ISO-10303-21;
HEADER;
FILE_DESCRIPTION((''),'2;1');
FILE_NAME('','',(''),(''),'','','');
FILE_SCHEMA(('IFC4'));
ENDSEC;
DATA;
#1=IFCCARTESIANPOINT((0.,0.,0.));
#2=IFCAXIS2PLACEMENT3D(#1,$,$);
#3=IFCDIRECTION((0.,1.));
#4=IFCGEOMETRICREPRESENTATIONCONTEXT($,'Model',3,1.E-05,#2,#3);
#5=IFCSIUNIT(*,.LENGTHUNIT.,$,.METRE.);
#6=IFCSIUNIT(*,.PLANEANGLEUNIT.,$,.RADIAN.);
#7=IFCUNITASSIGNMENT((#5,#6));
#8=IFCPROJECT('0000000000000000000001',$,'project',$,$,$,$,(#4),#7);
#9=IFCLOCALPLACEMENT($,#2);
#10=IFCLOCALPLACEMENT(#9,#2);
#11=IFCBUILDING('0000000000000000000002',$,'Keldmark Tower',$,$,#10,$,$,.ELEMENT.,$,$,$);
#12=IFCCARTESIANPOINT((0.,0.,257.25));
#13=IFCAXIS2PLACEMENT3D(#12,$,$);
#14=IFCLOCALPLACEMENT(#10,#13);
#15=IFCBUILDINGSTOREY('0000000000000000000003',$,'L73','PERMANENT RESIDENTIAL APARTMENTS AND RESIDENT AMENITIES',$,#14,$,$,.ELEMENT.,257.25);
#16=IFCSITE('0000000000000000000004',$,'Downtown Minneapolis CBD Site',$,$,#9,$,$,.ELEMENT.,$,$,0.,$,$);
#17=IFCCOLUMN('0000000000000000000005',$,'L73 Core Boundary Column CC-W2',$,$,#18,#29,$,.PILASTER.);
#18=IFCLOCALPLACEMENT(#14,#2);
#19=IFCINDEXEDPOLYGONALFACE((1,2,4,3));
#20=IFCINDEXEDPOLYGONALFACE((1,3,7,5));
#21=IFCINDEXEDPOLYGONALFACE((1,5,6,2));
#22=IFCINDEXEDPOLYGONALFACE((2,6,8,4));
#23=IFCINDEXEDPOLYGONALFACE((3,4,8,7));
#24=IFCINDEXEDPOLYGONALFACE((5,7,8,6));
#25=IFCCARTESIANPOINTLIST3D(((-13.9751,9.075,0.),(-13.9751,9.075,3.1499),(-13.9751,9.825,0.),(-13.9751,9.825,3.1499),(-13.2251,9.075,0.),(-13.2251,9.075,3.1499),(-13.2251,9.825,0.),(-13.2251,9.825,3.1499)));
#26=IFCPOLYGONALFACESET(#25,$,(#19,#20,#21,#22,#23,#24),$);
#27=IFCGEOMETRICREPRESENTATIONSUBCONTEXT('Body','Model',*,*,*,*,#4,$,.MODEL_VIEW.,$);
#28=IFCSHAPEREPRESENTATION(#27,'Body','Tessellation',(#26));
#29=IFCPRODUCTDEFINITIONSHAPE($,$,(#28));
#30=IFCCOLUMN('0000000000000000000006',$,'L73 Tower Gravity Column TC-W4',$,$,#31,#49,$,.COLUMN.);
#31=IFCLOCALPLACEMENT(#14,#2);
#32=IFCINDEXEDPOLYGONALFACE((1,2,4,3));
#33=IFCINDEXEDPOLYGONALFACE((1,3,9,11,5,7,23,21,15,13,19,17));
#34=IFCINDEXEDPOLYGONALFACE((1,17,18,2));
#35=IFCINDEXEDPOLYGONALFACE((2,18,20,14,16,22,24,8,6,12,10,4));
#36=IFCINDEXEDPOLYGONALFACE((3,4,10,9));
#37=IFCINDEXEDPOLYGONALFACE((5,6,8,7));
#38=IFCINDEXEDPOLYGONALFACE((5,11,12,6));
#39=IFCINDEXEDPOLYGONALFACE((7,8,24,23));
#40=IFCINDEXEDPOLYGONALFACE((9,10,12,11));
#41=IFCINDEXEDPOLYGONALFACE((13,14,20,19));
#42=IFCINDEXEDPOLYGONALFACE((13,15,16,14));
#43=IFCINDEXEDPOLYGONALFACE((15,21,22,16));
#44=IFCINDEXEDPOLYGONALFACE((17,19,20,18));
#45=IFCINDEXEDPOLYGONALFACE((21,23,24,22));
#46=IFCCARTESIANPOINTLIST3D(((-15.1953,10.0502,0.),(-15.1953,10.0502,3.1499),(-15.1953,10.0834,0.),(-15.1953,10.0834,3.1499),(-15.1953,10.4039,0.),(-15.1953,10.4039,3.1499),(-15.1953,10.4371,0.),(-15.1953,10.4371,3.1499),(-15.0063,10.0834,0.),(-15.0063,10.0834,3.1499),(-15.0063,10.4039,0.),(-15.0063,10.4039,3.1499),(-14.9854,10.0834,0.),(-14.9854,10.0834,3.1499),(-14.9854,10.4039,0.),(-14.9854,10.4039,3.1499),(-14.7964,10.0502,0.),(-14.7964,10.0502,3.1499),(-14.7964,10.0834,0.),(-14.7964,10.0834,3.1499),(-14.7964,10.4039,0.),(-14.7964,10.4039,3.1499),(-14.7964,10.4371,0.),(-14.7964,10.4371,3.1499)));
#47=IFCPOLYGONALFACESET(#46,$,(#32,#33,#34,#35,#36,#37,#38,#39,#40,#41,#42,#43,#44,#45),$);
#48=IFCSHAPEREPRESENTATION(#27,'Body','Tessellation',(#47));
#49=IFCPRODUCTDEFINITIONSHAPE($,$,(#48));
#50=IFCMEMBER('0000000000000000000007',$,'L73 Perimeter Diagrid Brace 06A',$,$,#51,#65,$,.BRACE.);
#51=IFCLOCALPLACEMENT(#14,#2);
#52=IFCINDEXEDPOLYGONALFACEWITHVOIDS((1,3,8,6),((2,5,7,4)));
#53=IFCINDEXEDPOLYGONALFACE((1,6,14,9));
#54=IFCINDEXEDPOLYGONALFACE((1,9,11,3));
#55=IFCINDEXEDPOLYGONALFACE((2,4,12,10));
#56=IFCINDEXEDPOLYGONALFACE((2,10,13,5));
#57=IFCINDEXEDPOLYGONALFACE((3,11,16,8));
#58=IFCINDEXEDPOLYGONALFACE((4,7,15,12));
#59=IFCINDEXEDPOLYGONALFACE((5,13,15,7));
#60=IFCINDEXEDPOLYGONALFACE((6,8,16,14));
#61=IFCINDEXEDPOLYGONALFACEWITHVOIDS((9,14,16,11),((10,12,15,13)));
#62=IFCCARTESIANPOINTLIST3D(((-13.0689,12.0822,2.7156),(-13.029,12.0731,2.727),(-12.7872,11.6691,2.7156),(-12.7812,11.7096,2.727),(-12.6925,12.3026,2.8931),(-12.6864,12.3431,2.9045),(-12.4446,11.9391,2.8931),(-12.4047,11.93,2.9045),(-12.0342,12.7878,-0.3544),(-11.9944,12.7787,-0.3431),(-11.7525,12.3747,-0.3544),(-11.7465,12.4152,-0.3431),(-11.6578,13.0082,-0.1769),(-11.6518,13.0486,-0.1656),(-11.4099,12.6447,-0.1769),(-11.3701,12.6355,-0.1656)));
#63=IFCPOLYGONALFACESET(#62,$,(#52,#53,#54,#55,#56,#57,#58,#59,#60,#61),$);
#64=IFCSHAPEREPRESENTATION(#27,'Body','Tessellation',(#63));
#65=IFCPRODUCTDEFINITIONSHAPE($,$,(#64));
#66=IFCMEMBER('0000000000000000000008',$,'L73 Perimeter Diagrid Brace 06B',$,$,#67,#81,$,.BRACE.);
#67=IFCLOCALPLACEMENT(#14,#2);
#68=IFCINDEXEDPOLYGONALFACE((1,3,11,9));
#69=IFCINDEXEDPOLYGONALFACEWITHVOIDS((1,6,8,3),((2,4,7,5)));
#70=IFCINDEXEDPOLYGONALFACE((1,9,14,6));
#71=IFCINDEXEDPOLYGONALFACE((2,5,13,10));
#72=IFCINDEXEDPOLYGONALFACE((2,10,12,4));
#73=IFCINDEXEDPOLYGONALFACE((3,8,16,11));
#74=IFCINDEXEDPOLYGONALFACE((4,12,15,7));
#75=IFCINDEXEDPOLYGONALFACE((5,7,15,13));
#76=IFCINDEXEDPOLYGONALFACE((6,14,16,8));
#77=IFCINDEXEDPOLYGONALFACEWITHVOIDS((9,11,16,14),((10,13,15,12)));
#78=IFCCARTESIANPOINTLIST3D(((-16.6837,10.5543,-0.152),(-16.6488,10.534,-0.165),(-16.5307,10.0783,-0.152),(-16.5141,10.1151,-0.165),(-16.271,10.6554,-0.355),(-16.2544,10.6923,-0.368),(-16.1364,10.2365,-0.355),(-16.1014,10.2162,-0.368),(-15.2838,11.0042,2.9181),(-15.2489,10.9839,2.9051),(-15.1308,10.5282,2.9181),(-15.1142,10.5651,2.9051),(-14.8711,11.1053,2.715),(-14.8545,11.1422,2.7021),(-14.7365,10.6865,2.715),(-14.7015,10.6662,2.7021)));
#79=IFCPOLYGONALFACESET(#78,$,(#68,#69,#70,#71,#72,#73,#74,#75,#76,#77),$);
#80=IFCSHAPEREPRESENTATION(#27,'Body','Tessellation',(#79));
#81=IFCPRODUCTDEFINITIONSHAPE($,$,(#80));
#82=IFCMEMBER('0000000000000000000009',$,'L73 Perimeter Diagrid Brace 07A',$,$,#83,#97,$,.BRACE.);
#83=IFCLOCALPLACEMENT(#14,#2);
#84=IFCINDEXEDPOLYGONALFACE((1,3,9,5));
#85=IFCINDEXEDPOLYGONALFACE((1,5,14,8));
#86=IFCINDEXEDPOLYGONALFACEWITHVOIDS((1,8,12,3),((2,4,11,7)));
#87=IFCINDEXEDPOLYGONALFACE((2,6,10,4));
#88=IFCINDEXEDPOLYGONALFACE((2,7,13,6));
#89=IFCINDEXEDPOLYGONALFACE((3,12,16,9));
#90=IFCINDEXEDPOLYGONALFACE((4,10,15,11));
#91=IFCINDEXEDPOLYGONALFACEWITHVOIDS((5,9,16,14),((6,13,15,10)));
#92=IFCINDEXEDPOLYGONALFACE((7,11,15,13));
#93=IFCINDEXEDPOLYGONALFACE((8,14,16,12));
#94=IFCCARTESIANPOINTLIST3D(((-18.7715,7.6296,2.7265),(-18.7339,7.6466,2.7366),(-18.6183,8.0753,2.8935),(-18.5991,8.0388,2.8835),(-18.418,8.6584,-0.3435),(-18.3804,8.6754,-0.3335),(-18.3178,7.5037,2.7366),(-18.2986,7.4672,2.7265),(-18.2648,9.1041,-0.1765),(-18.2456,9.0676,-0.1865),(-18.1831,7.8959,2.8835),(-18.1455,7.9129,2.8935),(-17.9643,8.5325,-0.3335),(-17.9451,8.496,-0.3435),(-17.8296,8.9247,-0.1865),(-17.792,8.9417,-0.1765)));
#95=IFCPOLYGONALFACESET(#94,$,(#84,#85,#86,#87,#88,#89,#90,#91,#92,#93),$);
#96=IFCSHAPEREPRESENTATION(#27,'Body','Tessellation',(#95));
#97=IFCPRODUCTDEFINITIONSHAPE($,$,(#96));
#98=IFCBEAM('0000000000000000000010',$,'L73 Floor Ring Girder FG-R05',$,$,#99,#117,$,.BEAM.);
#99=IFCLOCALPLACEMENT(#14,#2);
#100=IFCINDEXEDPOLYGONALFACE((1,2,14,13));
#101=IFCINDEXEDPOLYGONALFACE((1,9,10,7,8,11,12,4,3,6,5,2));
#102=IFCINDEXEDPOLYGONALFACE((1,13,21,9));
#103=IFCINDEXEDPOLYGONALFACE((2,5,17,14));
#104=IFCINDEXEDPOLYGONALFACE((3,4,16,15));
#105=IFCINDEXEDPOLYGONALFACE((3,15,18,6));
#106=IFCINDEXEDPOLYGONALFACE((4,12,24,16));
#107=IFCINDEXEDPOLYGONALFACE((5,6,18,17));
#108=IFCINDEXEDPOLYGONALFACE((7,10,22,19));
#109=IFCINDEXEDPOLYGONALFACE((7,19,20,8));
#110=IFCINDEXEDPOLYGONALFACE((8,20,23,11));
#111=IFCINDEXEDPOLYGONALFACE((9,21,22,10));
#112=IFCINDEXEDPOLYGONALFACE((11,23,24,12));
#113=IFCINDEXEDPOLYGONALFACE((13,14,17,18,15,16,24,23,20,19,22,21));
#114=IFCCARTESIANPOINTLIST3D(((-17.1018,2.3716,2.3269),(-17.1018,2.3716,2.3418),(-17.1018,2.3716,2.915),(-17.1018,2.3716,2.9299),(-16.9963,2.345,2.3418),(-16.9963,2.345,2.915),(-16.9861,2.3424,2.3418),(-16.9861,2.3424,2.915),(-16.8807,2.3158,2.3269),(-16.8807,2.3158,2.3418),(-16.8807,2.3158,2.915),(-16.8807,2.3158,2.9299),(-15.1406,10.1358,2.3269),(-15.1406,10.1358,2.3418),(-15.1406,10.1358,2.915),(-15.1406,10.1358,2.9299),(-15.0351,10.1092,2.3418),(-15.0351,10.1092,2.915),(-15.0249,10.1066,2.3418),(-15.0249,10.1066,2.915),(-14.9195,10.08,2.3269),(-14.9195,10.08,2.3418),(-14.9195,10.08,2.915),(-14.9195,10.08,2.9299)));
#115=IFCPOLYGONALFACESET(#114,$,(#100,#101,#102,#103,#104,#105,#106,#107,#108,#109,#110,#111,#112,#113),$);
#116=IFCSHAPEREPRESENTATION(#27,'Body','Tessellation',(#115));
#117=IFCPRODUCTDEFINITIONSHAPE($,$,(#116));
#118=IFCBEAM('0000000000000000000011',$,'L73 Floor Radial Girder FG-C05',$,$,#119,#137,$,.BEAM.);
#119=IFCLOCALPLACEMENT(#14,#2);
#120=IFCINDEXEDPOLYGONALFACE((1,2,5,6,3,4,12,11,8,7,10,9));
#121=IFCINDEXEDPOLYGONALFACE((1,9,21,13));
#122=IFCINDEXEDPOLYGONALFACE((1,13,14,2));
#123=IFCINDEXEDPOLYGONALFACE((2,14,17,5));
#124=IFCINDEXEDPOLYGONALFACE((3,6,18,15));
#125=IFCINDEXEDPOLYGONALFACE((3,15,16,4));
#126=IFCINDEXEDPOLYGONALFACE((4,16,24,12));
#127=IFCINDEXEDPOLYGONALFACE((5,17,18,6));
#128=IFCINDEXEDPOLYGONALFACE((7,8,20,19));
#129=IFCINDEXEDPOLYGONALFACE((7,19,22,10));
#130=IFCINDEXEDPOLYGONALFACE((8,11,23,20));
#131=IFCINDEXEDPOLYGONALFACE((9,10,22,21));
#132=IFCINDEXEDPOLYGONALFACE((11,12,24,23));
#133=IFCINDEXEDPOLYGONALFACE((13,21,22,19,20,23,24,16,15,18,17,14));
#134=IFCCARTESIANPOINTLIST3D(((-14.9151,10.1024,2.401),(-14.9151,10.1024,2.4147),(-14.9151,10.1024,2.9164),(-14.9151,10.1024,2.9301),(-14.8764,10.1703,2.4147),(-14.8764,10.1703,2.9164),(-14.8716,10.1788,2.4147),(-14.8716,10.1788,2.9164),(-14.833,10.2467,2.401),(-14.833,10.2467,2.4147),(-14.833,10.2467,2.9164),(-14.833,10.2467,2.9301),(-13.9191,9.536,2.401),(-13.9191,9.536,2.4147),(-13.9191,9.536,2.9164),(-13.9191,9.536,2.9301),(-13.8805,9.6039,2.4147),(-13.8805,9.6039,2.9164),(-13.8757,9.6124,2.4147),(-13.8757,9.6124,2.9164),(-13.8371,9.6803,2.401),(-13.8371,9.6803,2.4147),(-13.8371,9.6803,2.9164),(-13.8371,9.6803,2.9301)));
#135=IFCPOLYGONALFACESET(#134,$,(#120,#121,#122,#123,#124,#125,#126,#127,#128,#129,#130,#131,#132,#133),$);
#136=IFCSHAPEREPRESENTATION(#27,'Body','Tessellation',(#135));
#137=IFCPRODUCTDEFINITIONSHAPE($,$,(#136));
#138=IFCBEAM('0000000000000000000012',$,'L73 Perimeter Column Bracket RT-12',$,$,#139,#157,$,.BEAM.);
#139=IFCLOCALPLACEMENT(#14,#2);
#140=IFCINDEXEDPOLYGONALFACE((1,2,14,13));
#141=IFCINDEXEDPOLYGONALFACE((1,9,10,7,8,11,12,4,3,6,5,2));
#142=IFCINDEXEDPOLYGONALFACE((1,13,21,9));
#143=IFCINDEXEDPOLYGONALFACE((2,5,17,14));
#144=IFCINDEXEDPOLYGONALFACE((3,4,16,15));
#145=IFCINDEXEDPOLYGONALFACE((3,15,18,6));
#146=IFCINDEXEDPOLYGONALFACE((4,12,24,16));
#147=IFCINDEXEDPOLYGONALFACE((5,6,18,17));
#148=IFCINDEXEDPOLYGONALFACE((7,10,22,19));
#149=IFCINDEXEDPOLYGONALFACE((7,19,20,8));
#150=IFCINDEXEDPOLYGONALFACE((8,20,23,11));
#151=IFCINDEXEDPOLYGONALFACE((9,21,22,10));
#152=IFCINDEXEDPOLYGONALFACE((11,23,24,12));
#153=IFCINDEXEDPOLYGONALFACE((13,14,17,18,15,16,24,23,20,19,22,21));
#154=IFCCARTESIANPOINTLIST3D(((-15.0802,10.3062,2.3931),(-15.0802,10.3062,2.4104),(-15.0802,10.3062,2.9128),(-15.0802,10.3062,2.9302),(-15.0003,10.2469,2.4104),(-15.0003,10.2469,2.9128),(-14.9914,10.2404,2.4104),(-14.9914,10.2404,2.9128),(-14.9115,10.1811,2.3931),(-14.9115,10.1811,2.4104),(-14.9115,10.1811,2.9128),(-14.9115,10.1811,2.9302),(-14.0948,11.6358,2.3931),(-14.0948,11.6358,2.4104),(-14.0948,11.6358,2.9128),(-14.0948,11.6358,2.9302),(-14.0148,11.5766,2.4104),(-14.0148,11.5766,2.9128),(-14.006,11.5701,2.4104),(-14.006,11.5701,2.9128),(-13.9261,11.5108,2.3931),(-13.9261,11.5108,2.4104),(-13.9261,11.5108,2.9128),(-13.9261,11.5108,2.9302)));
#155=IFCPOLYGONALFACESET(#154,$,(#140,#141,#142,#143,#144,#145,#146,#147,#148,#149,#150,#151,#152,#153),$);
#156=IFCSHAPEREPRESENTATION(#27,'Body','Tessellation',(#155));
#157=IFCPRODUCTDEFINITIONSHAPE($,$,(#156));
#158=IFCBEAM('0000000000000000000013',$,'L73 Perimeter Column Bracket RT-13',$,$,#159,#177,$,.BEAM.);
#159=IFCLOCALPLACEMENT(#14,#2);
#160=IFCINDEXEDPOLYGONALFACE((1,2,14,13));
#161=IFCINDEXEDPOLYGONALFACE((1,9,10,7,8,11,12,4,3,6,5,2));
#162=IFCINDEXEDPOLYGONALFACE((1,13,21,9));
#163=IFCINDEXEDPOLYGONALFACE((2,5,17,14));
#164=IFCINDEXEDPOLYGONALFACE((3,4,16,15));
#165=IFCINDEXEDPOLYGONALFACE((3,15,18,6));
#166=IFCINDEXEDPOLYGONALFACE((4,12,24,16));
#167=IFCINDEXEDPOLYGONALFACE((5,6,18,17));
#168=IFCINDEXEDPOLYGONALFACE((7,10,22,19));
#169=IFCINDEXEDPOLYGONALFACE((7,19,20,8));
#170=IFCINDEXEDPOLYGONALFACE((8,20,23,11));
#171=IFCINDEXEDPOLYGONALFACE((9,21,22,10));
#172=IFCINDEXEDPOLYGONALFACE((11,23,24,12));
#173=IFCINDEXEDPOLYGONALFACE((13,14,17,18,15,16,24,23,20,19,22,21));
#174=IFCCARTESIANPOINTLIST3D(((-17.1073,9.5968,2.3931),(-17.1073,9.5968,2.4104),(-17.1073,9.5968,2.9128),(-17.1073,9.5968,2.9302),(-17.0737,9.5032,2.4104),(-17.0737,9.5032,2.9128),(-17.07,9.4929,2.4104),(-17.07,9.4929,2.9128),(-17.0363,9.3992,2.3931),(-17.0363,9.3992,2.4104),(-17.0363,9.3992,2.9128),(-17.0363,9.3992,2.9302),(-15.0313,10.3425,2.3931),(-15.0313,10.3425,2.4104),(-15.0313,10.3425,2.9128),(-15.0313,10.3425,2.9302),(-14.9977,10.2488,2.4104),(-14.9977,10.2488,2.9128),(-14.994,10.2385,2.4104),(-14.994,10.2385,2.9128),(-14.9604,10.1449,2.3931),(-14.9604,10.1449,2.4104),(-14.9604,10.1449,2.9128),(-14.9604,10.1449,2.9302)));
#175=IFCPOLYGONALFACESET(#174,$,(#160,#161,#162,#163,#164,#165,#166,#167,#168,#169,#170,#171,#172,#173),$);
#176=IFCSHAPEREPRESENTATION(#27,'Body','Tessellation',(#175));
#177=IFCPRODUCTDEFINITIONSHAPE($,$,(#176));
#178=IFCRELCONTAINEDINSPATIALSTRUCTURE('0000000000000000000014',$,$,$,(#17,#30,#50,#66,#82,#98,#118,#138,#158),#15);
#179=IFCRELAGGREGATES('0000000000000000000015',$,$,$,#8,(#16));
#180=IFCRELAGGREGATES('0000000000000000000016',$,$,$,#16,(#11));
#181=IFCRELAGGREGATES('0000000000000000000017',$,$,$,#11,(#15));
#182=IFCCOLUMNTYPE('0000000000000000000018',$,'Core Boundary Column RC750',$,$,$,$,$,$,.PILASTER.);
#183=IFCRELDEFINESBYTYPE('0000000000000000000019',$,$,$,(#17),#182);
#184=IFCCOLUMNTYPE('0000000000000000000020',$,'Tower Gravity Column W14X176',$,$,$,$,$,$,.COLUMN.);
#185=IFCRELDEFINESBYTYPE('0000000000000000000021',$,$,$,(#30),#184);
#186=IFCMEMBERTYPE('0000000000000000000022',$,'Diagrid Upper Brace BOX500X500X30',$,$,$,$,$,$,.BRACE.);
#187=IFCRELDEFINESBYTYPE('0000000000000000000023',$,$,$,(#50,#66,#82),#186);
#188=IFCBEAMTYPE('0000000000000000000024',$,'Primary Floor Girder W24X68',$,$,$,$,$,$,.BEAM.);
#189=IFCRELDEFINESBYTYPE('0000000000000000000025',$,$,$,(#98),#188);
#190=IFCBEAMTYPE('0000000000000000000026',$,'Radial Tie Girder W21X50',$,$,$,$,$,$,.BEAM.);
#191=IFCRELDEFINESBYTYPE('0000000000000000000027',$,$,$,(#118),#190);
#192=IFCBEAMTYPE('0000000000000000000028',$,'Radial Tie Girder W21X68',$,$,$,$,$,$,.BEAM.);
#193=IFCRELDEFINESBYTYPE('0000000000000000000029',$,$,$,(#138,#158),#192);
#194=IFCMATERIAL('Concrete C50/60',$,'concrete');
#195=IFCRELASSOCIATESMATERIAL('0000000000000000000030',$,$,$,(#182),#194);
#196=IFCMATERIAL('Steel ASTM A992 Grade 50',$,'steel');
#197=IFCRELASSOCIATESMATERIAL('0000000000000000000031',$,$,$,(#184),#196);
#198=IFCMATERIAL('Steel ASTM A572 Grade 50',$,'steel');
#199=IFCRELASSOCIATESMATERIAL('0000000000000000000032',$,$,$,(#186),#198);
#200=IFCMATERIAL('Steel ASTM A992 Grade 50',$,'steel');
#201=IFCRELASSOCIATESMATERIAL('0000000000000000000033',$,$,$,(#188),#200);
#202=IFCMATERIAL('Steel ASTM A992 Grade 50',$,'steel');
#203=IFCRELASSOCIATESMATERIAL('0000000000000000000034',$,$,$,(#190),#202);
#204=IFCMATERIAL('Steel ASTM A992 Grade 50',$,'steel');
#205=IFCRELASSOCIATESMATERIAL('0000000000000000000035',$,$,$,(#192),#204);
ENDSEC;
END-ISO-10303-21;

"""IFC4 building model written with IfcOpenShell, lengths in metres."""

from ifc_helpers import new_model, si_unit, direction, frame, origin, origin_2d, place, context, subcontext, project, spatial, rectangle, hollow_rectangle, i_section, extrude, material, material_profile, profile_set, type_object, element, save


model = new_model("IFC4")

# Units and contexts
model_context = context("Model", 3, precision=1e-05, world=origin(), true_north=direction((0.0, 1.0)))
body_context = subcontext(model_context, "Body", "Model", "MODEL_VIEW")
ifc_project = project(units=[si_unit("LENGTHUNIT", "METRE"), si_unit("PLANEANGLEUNIT", "RADIAN")], contexts=[model_context])

# Site, building, storey
site_placement = place(None, origin())
site = spatial("IfcSite", under=ifc_project, at=site_placement, Name="Downtown Minneapolis CBD Site", CompositionType="ELEMENT", RefElevation=0.0)
building_placement = place(site_placement, origin())
building = spatial("IfcBuilding", under=site, at=building_placement, Name="Keldmark Tower", CompositionType="ELEMENT")
storey_placement = place(building_placement, frame((0.0, 0.0, 257.25)))
storey = spatial("IfcBuildingStorey", under=building, at=storey_placement, Name="L73", Description="PERMANENT RESIDENTIAL APARTMENTS AND RESIDENT AMENITIES", CompositionType="ELEMENT", Elevation=257.25)

# Columns
ifc_material_1 = material(Name="Concrete C50/60", Category="concrete")
ifc_material_profile_1 = material_profile(ifc_material_1, rectangle(XDim=0.75, YDim=0.75, at=origin_2d()), Name="RC750X750")
ifc_profile_set_1 = profile_set([ifc_material_profile_1], Name="Concrete C50/60")
column_type_1 = type_object("IfcColumnType", Name="Core Boundary Column RC750", PredefinedType="PILASTER", material=ifc_profile_set_1)
column_1_placement = place(storey_placement, frame((-13.6001, 9.45, 0.0), z_axis=(0.0, 0.0, 1.0), x_axis=(1.0, 0.0, 0.0)))
element("IfcColumn", 1, at=column_1_placement, inside=storey, type_object=column_type_1, Name="L73 Core Boundary Column CC-W2", PredefinedType="PILASTER", context=body_context, shape_type="SweptSolid", body=[
    extrude(rectangle(XDim=0.75, YDim=0.75, at=origin_2d()), origin(), (0.0, 0.0, 1.0), 3.1499),
])
ifc_material_2 = material(Name="Steel ASTM A992 Grade 50", Category="steel")
ifc_material_profile_2 = material_profile(ifc_material_2, i_section(OverallWidth=0.3989, OverallDepth=0.387, WebThickness=0.021, FlangeThickness=0.0332, at=origin_2d()), Name="W14X176")
ifc_profile_set_2 = profile_set([ifc_material_profile_2], Name="Steel ASTM A992 Grade 50")
column_type_2 = type_object("IfcColumnType", Name="Tower Gravity Column W14X176", PredefinedType="COLUMN", material=ifc_profile_set_2)
column_2_placement = place(storey_placement, frame((-14.9958, 10.2437, 0.0), z_axis=(0.0, 0.0, 1.0), x_axis=(1.0, 0.0, 0.0)))
element("IfcColumn", 2, at=column_2_placement, inside=storey, type_object=column_type_2, Name="L73 Tower Gravity Column TC-W4", PredefinedType="COLUMN", context=body_context, shape_type="SweptSolid", body=[
    extrude(i_section(OverallWidth=0.3989, OverallDepth=0.387, WebThickness=0.021, FlangeThickness=0.0332, at=origin_2d()), origin(), (0.0, 0.0, 1.0), 3.1499),
])

# Members
ifc_material_3 = material(Name="Steel ASTM A572 Grade 50", Category="steel")
ifc_material_profile_3 = material_profile(ifc_material_3, hollow_rectangle(XDim=0.5, YDim=0.5, WallThickness=0.03, at=origin_2d()), Name="BOX500X500X30")
ifc_profile_set_3 = profile_set([ifc_material_profile_3], Name="Steel ASTM A572 Grade 50")
member_type = type_object("IfcMemberType", Name="Diagrid Upper Brace BOX500X500X30", PredefinedType="BRACE", material=ifc_profile_set_3)
member_1_placement = place(storey_placement, frame((-11.7021, 12.7117, -0.26), z_axis=(-0.312054, -0.212797, 0.925926), x_axis=(0.563397, -0.826186, 0.0)))
element("IfcMember", 3, at=member_1_placement, inside=storey, type_object=member_type, Name="L73 Perimeter Diagrid Brace 06A", PredefinedType="BRACE", context=body_context, shape_type="SweptSolid", body=[
    extrude(hollow_rectangle(XDim=0.5, YDim=0.5, WallThickness=0.03, at=origin_2d()), origin(), (0.0, 0.0, 1.0), 3.3157),
])
member_2_placement = place(storey_placement, frame((-16.3926, 10.3853, -0.26), z_axis=(0.411247, 0.132181, 0.901889), x_axis=(-0.305998, 0.952032, 0.0)))
element("IfcMember", 4, at=member_2_placement, inside=storey, type_object=member_type, Name="L73 Perimeter Diagrid Brace 06B", PredefinedType="BRACE", context=body_context, shape_type="SweptSolid", body=[
    extrude(hollow_rectangle(XDim=0.5, YDim=0.5, WallThickness=0.03, at=origin_2d()), origin(), (0.0, 0.0, 1.0), 3.4041),
])
member_3_placement = place(storey_placement, frame((-18.105, 8.8, -0.26), z_axis=(-0.108537, -0.315866, 0.942575), x_axis=(0.945725, -0.324967, 0.0)))
element("IfcMember", 5, at=member_3_placement, inside=storey, type_object=member_type, Name="L73 Perimeter Diagrid Brace 07A", PredefinedType="BRACE", context=body_context, shape_type="SweptSolid", body=[
    extrude(hollow_rectangle(XDim=0.5, YDim=0.5, WallThickness=0.03, at=origin_2d()), origin(), (0.0, 0.0, 1.0), 3.2571),
])

# Beams
ifc_material_4 = material(Name="Steel ASTM A992 Grade 50", Category="steel")
ifc_material_profile_4 = material_profile(ifc_material_4, i_section(OverallWidth=0.228, OverallDepth=0.603, WebThickness=0.0105, FlangeThickness=0.0149, at=origin_2d()), Name="W24X68")
ifc_profile_set_4 = profile_set([ifc_material_profile_4], Name="Steel ASTM A992 Grade 50")
beam_type_1 = type_object("IfcBeamType", Name="Primary Floor Girder W24X68", PredefinedType="BEAM", material=ifc_profile_set_4)
beam_1_placement = place(storey_placement, frame((-15.03, 10.1079, 2.6284), z_axis=(-0.244902, -0.969548, 0.0), x_axis=(0.969548, -0.244902, 0.0)))
element("IfcBeam", 6, at=beam_1_placement, inside=storey, type_object=beam_type_1, Name="L73 Floor Ring Girder FG-R05", PredefinedType="BEAM", context=body_context, shape_type="SweptSolid", body=[
    extrude(i_section(OverallWidth=0.228, OverallDepth=0.603, WebThickness=0.0105, FlangeThickness=0.0149, at=origin_2d()), origin(), (0.0, 0.0, 1.0), 8.0081),
])
ifc_material_5 = material(Name="Steel ASTM A992 Grade 50", Category="steel")
ifc_material_profile_5 = material_profile(ifc_material_5, i_section(OverallWidth=0.166, OverallDepth=0.5291, WebThickness=0.0098, FlangeThickness=0.0137, at=origin_2d()), Name="W21X50")
ifc_profile_set_5 = profile_set([ifc_material_profile_5], Name="Steel ASTM A992 Grade 50")
beam_type_2 = type_object("IfcBeamType", Name="Radial Tie Girder W21X50", PredefinedType="BEAM", material=ifc_profile_set_5)
beam_2_placement = place(storey_placement, frame((-14.874, 10.1746, 2.6655), z_axis=(0.869238, -0.494394, 0.0), x_axis=(0.494394, 0.869238, 0.0)))
element("IfcBeam", 7, at=beam_2_placement, inside=storey, type_object=beam_type_2, Name="L73 Floor Radial Girder FG-C05", PredefinedType="BEAM", context=body_context, shape_type="SweptSolid", body=[
    extrude(i_section(OverallWidth=0.166, OverallDepth=0.5291, WebThickness=0.0098, FlangeThickness=0.0137, at=origin_2d()), origin(), (0.0, 0.0, 1.0), 1.1458),
])
ifc_material_6 = material(Name="Steel ASTM A992 Grade 50", Category="steel")
ifc_material_profile_6 = material_profile(ifc_material_6, i_section(OverallWidth=0.21, OverallDepth=0.5371, WebThickness=0.011, FlangeThickness=0.0173, at=origin_2d()), Name="W21X68")
ifc_profile_set_6 = profile_set([ifc_material_profile_6], Name="Steel ASTM A992 Grade 50")
beam_type_3 = type_object("IfcBeamType", Name="Radial Tie Girder W21X68", PredefinedType="BEAM", material=ifc_profile_set_6)
beam_3_placement = place(storey_placement, frame((-14.9958, 10.2437, 2.6616), z_axis=(0.595411, 0.803421, 0.0), x_axis=(-0.803421, 0.595411, 0.0)))
element("IfcBeam", 8, at=beam_3_placement, inside=storey, type_object=beam_type_3, Name="L73 Perimeter Column Bracket RT-12", PredefinedType="BEAM", context=body_context, shape_type="SweptSolid", body=[
    extrude(i_section(OverallWidth=0.21, OverallDepth=0.5371, WebThickness=0.011, FlangeThickness=0.0173, at=origin_2d()), origin(), (0.0, 0.0, 1.0), 1.655),
])
beam_4_placement = place(storey_placement, frame((-14.9958, 10.2437, 2.6616), z_axis=(-0.941137, -0.338026, 0.0), x_axis=(0.338026, -0.941137, 0.0)))
element("IfcBeam", 9, at=beam_4_placement, inside=storey, type_object=beam_type_3, Name="L73 Perimeter Column Bracket RT-13", PredefinedType="BEAM", context=body_context, shape_type="SweptSolid", body=[
    extrude(i_section(OverallWidth=0.21, OverallDepth=0.5371, WebThickness=0.011, FlangeThickness=0.0173, at=origin_2d()), origin(), (0.0, 0.0, 1.0), 2.2058),
])

save(model, "model.ifc")
